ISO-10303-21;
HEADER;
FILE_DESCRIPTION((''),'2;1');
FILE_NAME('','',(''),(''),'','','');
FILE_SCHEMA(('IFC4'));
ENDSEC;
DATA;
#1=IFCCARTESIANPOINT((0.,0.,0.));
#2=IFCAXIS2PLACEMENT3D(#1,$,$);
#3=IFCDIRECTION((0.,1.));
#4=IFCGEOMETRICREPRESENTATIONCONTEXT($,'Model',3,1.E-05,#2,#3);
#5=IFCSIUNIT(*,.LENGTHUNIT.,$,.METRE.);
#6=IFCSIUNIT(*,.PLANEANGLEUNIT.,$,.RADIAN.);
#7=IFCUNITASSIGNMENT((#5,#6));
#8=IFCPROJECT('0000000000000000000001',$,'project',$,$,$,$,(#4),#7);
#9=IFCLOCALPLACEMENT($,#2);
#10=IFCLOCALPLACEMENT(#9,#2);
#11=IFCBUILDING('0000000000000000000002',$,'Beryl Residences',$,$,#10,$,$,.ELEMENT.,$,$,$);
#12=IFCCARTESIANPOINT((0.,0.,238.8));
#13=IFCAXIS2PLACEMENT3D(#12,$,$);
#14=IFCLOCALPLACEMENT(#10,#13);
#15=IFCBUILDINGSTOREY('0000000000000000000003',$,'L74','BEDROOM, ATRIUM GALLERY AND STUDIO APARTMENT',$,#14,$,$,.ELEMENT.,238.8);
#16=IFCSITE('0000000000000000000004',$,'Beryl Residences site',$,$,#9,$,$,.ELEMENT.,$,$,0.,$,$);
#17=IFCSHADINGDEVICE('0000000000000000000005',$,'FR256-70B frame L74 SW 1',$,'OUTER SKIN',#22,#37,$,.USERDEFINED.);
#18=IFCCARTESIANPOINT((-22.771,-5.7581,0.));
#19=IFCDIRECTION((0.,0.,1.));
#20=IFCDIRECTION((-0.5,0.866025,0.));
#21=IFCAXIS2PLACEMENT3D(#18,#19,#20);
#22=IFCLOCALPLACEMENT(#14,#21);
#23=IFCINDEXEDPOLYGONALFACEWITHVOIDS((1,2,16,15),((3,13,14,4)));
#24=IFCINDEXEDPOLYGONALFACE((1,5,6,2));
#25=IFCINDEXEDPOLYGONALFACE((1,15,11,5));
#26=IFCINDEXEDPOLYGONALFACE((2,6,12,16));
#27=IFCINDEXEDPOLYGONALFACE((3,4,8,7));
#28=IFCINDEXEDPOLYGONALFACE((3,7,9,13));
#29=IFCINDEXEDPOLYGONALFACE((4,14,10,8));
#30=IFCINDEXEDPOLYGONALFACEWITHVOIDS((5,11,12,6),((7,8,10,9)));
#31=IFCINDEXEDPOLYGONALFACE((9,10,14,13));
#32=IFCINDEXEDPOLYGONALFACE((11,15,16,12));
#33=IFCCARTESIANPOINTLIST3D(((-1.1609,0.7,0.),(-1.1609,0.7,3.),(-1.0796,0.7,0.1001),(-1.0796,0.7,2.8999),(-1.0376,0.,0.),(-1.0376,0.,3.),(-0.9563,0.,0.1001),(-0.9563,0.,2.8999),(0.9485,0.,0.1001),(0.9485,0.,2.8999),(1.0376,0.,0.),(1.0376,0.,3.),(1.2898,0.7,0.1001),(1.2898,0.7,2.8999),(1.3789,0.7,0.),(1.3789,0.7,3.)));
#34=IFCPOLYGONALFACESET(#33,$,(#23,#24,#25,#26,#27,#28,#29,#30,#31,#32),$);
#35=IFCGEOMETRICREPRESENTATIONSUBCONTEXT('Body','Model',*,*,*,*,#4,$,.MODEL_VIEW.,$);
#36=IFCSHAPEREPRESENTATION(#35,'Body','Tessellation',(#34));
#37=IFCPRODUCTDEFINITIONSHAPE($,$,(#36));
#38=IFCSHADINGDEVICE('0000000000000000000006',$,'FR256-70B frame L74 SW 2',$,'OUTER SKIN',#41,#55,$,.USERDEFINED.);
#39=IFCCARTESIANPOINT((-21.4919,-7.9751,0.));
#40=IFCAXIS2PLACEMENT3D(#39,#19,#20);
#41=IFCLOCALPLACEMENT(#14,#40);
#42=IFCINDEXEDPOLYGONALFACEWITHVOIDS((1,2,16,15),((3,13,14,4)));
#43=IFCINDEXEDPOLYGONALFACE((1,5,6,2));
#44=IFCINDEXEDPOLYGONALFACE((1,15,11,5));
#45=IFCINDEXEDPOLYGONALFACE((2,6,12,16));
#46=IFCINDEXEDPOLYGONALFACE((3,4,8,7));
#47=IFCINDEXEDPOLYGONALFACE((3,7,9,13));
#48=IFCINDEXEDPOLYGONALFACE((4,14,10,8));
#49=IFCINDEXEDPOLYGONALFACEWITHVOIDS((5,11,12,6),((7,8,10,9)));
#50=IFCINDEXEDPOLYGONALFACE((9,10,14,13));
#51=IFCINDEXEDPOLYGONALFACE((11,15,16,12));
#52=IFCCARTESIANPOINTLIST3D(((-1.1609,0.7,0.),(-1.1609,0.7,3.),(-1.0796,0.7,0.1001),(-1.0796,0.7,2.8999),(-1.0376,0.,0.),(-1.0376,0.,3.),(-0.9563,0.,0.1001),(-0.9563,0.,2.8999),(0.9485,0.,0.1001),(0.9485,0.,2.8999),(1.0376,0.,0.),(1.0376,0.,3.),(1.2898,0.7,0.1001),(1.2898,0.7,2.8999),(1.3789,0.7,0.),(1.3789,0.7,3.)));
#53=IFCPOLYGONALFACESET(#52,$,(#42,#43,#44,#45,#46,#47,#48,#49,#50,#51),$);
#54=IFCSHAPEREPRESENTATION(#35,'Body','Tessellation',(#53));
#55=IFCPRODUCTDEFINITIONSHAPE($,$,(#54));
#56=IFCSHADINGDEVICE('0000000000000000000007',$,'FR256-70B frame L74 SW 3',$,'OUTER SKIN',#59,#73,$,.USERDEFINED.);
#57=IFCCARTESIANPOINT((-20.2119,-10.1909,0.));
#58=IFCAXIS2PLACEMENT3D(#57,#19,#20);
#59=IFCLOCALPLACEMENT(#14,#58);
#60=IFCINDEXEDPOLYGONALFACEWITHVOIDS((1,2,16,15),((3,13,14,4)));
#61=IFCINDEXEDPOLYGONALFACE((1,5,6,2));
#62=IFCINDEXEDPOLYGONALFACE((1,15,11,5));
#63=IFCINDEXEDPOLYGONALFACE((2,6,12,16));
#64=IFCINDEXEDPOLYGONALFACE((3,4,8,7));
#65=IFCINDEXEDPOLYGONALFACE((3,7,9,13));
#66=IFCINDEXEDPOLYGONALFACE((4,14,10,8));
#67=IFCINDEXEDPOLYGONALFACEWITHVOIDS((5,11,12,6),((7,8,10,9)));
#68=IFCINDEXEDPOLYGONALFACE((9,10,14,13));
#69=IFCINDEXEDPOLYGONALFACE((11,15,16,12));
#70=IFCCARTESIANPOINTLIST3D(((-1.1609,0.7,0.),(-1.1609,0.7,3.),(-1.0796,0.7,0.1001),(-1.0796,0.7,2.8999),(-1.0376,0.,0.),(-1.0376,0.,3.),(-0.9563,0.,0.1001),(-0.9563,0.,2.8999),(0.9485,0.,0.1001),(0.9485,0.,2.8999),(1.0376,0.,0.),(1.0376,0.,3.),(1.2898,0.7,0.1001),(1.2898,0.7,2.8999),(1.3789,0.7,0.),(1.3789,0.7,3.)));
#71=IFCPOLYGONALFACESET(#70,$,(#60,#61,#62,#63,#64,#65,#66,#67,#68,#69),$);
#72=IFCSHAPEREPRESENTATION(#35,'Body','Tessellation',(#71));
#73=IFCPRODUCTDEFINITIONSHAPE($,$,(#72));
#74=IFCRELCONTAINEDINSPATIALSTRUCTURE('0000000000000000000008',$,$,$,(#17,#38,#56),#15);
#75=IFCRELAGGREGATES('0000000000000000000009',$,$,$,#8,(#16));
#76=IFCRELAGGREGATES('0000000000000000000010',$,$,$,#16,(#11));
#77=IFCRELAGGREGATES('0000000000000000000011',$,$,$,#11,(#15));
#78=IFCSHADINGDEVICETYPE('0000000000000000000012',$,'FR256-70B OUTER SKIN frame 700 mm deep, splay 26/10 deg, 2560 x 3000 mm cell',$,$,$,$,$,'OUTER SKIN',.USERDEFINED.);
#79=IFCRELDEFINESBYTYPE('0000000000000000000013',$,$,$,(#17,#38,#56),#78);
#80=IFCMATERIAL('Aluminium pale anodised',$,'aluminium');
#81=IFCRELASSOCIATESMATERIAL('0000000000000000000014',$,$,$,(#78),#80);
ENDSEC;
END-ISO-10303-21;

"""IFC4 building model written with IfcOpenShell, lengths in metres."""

from ifc_helpers import new_model, entity, si_unit, direction, frame, origin, place, context, subcontext, project, spatial, source, transform, mapped, material, type_object, type_shapes, element, save


model = new_model("IFC4")

# Units and contexts
model_context = context("Model", 3, precision=1e-05, world=origin(), true_north=direction((0.0, 1.0)))
body_context = subcontext(model_context, "Body", "Model", "MODEL_VIEW")
ifc_project = project(units=[si_unit("LENGTHUNIT", "METRE"), si_unit("PLANEANGLEUNIT", "RADIAN")], contexts=[model_context])

# Site, building, storey
site_placement = place(None, origin())
site = spatial("IfcSite", under=ifc_project, at=site_placement, Name="Beryl Residences site", CompositionType="ELEMENT", RefElevation=0.0)
building_placement = place(site_placement, origin())
building = spatial("IfcBuilding", under=site, at=building_placement, Name="Beryl Residences", CompositionType="ELEMENT")
storey_placement = place(building_placement, frame((0.0, 0.0, 238.8)))
storey = spatial("IfcBuildingStorey", under=building, at=storey_placement, Name="L74", Description="BEDROOM, ATRIUM GALLERY AND STUDIO APARTMENT", CompositionType="ELEMENT", Elevation=238.8)

# Shading devices
ifc_material_1 = material(Name="Aluminium pale anodised", Category="aluminium")
shading_device_type = type_object("IfcShadingDeviceType", Name="FR256-70B OUTER SKIN frame 700 mm deep, splay 26/10 deg, 2560 x 3000 mm cell", ElementType="OUTER SKIN", PredefinedType="USERDEFINED", material=ifc_material_1)
cartesian_point_1 = entity("IfcCartesianPoint", [-1.0376, 0.0])
cartesian_point_2 = entity("IfcCartesianPoint", [-0.9485, 0.1001])
cartesian_point_3 = entity("IfcCartesianPoint", [-1.3789, 0.0])
cartesian_point_4 = entity("IfcCartesianPoint", [-1.2898, 0.1001])
shared_shape_1 = source(origin(), body_context, "Body", "SweptSolid", [
    entity("IfcExtrudedAreaSolidTapered", entity("IfcArbitraryProfileDefWithVoids", "AREA", None, entity("IfcPolyline", [cartesian_point_1, entity("IfcCartesianPoint", [1.0376, 0.0]), entity("IfcCartesianPoint", [1.0376, 3.0]), entity("IfcCartesianPoint", [-1.0376, 3.0]), cartesian_point_1]), [entity("IfcPolyline", [cartesian_point_2, entity("IfcCartesianPoint", [0.9563, 0.1001]), entity("IfcCartesianPoint", [0.9563, 2.8999]), entity("IfcCartesianPoint", [-0.9485, 2.8999]), cartesian_point_2])]), entity("IfcAxis2Placement3D", entity("IfcCartesianPoint", [0.0, 0.0, 0.0]), entity("IfcDirection", [0.0, 1.0, 0.0]), entity("IfcDirection", [-1.0, 0.0, 0.0])), entity("IfcDirection", [0.0, 0.0, 1.0]), 0.7, entity("IfcArbitraryProfileDefWithVoids", "AREA", None, entity("IfcPolyline", [cartesian_point_3, entity("IfcCartesianPoint", [1.1609, 0.0]), entity("IfcCartesianPoint", [1.1609, 3.0]), entity("IfcCartesianPoint", [-1.3789, 3.0]), cartesian_point_3]), [entity("IfcPolyline", [cartesian_point_4, entity("IfcCartesianPoint", [1.0796, 0.1001]), entity("IfcCartesianPoint", [1.0796, 2.8999]), entity("IfcCartesianPoint", [-1.2898, 2.8999]), cartesian_point_4])])),
])
type_shapes(shading_device_type, [shared_shape_1])
for number, where, z_axis, x_axis, name in (
    (1, (-22.771, -5.7581, 0.0), (0.0, 0.0, 1.0), (-0.5, 0.866025, 0.0), "FR256-70B frame L74 SW 1"),
    (2, (-21.4919, -7.9751, 0.0), (0.0, 0.0, 1.0), (-0.5, 0.866025, 0.0), "FR256-70B frame L74 SW 2"),
    (3, (-20.2119, -10.1909, 0.0), (0.0, 0.0, 1.0), (-0.5, 0.866025, 0.0), "FR256-70B frame L74 SW 3"),
):
    element("IfcShadingDevice", number, at=place(storey_placement, frame(where, z_axis=z_axis, x_axis=x_axis)), inside=storey, type_object=shading_device_type, Name=name, ObjectType="OUTER SKIN", PredefinedType="USERDEFINED", context=body_context, shape_type="MappedRepresentation", body=[
        mapped(shared_shape_1, transform((0.0, 0.0, 0.0))),
    ])

save(model, "model.ifc")
